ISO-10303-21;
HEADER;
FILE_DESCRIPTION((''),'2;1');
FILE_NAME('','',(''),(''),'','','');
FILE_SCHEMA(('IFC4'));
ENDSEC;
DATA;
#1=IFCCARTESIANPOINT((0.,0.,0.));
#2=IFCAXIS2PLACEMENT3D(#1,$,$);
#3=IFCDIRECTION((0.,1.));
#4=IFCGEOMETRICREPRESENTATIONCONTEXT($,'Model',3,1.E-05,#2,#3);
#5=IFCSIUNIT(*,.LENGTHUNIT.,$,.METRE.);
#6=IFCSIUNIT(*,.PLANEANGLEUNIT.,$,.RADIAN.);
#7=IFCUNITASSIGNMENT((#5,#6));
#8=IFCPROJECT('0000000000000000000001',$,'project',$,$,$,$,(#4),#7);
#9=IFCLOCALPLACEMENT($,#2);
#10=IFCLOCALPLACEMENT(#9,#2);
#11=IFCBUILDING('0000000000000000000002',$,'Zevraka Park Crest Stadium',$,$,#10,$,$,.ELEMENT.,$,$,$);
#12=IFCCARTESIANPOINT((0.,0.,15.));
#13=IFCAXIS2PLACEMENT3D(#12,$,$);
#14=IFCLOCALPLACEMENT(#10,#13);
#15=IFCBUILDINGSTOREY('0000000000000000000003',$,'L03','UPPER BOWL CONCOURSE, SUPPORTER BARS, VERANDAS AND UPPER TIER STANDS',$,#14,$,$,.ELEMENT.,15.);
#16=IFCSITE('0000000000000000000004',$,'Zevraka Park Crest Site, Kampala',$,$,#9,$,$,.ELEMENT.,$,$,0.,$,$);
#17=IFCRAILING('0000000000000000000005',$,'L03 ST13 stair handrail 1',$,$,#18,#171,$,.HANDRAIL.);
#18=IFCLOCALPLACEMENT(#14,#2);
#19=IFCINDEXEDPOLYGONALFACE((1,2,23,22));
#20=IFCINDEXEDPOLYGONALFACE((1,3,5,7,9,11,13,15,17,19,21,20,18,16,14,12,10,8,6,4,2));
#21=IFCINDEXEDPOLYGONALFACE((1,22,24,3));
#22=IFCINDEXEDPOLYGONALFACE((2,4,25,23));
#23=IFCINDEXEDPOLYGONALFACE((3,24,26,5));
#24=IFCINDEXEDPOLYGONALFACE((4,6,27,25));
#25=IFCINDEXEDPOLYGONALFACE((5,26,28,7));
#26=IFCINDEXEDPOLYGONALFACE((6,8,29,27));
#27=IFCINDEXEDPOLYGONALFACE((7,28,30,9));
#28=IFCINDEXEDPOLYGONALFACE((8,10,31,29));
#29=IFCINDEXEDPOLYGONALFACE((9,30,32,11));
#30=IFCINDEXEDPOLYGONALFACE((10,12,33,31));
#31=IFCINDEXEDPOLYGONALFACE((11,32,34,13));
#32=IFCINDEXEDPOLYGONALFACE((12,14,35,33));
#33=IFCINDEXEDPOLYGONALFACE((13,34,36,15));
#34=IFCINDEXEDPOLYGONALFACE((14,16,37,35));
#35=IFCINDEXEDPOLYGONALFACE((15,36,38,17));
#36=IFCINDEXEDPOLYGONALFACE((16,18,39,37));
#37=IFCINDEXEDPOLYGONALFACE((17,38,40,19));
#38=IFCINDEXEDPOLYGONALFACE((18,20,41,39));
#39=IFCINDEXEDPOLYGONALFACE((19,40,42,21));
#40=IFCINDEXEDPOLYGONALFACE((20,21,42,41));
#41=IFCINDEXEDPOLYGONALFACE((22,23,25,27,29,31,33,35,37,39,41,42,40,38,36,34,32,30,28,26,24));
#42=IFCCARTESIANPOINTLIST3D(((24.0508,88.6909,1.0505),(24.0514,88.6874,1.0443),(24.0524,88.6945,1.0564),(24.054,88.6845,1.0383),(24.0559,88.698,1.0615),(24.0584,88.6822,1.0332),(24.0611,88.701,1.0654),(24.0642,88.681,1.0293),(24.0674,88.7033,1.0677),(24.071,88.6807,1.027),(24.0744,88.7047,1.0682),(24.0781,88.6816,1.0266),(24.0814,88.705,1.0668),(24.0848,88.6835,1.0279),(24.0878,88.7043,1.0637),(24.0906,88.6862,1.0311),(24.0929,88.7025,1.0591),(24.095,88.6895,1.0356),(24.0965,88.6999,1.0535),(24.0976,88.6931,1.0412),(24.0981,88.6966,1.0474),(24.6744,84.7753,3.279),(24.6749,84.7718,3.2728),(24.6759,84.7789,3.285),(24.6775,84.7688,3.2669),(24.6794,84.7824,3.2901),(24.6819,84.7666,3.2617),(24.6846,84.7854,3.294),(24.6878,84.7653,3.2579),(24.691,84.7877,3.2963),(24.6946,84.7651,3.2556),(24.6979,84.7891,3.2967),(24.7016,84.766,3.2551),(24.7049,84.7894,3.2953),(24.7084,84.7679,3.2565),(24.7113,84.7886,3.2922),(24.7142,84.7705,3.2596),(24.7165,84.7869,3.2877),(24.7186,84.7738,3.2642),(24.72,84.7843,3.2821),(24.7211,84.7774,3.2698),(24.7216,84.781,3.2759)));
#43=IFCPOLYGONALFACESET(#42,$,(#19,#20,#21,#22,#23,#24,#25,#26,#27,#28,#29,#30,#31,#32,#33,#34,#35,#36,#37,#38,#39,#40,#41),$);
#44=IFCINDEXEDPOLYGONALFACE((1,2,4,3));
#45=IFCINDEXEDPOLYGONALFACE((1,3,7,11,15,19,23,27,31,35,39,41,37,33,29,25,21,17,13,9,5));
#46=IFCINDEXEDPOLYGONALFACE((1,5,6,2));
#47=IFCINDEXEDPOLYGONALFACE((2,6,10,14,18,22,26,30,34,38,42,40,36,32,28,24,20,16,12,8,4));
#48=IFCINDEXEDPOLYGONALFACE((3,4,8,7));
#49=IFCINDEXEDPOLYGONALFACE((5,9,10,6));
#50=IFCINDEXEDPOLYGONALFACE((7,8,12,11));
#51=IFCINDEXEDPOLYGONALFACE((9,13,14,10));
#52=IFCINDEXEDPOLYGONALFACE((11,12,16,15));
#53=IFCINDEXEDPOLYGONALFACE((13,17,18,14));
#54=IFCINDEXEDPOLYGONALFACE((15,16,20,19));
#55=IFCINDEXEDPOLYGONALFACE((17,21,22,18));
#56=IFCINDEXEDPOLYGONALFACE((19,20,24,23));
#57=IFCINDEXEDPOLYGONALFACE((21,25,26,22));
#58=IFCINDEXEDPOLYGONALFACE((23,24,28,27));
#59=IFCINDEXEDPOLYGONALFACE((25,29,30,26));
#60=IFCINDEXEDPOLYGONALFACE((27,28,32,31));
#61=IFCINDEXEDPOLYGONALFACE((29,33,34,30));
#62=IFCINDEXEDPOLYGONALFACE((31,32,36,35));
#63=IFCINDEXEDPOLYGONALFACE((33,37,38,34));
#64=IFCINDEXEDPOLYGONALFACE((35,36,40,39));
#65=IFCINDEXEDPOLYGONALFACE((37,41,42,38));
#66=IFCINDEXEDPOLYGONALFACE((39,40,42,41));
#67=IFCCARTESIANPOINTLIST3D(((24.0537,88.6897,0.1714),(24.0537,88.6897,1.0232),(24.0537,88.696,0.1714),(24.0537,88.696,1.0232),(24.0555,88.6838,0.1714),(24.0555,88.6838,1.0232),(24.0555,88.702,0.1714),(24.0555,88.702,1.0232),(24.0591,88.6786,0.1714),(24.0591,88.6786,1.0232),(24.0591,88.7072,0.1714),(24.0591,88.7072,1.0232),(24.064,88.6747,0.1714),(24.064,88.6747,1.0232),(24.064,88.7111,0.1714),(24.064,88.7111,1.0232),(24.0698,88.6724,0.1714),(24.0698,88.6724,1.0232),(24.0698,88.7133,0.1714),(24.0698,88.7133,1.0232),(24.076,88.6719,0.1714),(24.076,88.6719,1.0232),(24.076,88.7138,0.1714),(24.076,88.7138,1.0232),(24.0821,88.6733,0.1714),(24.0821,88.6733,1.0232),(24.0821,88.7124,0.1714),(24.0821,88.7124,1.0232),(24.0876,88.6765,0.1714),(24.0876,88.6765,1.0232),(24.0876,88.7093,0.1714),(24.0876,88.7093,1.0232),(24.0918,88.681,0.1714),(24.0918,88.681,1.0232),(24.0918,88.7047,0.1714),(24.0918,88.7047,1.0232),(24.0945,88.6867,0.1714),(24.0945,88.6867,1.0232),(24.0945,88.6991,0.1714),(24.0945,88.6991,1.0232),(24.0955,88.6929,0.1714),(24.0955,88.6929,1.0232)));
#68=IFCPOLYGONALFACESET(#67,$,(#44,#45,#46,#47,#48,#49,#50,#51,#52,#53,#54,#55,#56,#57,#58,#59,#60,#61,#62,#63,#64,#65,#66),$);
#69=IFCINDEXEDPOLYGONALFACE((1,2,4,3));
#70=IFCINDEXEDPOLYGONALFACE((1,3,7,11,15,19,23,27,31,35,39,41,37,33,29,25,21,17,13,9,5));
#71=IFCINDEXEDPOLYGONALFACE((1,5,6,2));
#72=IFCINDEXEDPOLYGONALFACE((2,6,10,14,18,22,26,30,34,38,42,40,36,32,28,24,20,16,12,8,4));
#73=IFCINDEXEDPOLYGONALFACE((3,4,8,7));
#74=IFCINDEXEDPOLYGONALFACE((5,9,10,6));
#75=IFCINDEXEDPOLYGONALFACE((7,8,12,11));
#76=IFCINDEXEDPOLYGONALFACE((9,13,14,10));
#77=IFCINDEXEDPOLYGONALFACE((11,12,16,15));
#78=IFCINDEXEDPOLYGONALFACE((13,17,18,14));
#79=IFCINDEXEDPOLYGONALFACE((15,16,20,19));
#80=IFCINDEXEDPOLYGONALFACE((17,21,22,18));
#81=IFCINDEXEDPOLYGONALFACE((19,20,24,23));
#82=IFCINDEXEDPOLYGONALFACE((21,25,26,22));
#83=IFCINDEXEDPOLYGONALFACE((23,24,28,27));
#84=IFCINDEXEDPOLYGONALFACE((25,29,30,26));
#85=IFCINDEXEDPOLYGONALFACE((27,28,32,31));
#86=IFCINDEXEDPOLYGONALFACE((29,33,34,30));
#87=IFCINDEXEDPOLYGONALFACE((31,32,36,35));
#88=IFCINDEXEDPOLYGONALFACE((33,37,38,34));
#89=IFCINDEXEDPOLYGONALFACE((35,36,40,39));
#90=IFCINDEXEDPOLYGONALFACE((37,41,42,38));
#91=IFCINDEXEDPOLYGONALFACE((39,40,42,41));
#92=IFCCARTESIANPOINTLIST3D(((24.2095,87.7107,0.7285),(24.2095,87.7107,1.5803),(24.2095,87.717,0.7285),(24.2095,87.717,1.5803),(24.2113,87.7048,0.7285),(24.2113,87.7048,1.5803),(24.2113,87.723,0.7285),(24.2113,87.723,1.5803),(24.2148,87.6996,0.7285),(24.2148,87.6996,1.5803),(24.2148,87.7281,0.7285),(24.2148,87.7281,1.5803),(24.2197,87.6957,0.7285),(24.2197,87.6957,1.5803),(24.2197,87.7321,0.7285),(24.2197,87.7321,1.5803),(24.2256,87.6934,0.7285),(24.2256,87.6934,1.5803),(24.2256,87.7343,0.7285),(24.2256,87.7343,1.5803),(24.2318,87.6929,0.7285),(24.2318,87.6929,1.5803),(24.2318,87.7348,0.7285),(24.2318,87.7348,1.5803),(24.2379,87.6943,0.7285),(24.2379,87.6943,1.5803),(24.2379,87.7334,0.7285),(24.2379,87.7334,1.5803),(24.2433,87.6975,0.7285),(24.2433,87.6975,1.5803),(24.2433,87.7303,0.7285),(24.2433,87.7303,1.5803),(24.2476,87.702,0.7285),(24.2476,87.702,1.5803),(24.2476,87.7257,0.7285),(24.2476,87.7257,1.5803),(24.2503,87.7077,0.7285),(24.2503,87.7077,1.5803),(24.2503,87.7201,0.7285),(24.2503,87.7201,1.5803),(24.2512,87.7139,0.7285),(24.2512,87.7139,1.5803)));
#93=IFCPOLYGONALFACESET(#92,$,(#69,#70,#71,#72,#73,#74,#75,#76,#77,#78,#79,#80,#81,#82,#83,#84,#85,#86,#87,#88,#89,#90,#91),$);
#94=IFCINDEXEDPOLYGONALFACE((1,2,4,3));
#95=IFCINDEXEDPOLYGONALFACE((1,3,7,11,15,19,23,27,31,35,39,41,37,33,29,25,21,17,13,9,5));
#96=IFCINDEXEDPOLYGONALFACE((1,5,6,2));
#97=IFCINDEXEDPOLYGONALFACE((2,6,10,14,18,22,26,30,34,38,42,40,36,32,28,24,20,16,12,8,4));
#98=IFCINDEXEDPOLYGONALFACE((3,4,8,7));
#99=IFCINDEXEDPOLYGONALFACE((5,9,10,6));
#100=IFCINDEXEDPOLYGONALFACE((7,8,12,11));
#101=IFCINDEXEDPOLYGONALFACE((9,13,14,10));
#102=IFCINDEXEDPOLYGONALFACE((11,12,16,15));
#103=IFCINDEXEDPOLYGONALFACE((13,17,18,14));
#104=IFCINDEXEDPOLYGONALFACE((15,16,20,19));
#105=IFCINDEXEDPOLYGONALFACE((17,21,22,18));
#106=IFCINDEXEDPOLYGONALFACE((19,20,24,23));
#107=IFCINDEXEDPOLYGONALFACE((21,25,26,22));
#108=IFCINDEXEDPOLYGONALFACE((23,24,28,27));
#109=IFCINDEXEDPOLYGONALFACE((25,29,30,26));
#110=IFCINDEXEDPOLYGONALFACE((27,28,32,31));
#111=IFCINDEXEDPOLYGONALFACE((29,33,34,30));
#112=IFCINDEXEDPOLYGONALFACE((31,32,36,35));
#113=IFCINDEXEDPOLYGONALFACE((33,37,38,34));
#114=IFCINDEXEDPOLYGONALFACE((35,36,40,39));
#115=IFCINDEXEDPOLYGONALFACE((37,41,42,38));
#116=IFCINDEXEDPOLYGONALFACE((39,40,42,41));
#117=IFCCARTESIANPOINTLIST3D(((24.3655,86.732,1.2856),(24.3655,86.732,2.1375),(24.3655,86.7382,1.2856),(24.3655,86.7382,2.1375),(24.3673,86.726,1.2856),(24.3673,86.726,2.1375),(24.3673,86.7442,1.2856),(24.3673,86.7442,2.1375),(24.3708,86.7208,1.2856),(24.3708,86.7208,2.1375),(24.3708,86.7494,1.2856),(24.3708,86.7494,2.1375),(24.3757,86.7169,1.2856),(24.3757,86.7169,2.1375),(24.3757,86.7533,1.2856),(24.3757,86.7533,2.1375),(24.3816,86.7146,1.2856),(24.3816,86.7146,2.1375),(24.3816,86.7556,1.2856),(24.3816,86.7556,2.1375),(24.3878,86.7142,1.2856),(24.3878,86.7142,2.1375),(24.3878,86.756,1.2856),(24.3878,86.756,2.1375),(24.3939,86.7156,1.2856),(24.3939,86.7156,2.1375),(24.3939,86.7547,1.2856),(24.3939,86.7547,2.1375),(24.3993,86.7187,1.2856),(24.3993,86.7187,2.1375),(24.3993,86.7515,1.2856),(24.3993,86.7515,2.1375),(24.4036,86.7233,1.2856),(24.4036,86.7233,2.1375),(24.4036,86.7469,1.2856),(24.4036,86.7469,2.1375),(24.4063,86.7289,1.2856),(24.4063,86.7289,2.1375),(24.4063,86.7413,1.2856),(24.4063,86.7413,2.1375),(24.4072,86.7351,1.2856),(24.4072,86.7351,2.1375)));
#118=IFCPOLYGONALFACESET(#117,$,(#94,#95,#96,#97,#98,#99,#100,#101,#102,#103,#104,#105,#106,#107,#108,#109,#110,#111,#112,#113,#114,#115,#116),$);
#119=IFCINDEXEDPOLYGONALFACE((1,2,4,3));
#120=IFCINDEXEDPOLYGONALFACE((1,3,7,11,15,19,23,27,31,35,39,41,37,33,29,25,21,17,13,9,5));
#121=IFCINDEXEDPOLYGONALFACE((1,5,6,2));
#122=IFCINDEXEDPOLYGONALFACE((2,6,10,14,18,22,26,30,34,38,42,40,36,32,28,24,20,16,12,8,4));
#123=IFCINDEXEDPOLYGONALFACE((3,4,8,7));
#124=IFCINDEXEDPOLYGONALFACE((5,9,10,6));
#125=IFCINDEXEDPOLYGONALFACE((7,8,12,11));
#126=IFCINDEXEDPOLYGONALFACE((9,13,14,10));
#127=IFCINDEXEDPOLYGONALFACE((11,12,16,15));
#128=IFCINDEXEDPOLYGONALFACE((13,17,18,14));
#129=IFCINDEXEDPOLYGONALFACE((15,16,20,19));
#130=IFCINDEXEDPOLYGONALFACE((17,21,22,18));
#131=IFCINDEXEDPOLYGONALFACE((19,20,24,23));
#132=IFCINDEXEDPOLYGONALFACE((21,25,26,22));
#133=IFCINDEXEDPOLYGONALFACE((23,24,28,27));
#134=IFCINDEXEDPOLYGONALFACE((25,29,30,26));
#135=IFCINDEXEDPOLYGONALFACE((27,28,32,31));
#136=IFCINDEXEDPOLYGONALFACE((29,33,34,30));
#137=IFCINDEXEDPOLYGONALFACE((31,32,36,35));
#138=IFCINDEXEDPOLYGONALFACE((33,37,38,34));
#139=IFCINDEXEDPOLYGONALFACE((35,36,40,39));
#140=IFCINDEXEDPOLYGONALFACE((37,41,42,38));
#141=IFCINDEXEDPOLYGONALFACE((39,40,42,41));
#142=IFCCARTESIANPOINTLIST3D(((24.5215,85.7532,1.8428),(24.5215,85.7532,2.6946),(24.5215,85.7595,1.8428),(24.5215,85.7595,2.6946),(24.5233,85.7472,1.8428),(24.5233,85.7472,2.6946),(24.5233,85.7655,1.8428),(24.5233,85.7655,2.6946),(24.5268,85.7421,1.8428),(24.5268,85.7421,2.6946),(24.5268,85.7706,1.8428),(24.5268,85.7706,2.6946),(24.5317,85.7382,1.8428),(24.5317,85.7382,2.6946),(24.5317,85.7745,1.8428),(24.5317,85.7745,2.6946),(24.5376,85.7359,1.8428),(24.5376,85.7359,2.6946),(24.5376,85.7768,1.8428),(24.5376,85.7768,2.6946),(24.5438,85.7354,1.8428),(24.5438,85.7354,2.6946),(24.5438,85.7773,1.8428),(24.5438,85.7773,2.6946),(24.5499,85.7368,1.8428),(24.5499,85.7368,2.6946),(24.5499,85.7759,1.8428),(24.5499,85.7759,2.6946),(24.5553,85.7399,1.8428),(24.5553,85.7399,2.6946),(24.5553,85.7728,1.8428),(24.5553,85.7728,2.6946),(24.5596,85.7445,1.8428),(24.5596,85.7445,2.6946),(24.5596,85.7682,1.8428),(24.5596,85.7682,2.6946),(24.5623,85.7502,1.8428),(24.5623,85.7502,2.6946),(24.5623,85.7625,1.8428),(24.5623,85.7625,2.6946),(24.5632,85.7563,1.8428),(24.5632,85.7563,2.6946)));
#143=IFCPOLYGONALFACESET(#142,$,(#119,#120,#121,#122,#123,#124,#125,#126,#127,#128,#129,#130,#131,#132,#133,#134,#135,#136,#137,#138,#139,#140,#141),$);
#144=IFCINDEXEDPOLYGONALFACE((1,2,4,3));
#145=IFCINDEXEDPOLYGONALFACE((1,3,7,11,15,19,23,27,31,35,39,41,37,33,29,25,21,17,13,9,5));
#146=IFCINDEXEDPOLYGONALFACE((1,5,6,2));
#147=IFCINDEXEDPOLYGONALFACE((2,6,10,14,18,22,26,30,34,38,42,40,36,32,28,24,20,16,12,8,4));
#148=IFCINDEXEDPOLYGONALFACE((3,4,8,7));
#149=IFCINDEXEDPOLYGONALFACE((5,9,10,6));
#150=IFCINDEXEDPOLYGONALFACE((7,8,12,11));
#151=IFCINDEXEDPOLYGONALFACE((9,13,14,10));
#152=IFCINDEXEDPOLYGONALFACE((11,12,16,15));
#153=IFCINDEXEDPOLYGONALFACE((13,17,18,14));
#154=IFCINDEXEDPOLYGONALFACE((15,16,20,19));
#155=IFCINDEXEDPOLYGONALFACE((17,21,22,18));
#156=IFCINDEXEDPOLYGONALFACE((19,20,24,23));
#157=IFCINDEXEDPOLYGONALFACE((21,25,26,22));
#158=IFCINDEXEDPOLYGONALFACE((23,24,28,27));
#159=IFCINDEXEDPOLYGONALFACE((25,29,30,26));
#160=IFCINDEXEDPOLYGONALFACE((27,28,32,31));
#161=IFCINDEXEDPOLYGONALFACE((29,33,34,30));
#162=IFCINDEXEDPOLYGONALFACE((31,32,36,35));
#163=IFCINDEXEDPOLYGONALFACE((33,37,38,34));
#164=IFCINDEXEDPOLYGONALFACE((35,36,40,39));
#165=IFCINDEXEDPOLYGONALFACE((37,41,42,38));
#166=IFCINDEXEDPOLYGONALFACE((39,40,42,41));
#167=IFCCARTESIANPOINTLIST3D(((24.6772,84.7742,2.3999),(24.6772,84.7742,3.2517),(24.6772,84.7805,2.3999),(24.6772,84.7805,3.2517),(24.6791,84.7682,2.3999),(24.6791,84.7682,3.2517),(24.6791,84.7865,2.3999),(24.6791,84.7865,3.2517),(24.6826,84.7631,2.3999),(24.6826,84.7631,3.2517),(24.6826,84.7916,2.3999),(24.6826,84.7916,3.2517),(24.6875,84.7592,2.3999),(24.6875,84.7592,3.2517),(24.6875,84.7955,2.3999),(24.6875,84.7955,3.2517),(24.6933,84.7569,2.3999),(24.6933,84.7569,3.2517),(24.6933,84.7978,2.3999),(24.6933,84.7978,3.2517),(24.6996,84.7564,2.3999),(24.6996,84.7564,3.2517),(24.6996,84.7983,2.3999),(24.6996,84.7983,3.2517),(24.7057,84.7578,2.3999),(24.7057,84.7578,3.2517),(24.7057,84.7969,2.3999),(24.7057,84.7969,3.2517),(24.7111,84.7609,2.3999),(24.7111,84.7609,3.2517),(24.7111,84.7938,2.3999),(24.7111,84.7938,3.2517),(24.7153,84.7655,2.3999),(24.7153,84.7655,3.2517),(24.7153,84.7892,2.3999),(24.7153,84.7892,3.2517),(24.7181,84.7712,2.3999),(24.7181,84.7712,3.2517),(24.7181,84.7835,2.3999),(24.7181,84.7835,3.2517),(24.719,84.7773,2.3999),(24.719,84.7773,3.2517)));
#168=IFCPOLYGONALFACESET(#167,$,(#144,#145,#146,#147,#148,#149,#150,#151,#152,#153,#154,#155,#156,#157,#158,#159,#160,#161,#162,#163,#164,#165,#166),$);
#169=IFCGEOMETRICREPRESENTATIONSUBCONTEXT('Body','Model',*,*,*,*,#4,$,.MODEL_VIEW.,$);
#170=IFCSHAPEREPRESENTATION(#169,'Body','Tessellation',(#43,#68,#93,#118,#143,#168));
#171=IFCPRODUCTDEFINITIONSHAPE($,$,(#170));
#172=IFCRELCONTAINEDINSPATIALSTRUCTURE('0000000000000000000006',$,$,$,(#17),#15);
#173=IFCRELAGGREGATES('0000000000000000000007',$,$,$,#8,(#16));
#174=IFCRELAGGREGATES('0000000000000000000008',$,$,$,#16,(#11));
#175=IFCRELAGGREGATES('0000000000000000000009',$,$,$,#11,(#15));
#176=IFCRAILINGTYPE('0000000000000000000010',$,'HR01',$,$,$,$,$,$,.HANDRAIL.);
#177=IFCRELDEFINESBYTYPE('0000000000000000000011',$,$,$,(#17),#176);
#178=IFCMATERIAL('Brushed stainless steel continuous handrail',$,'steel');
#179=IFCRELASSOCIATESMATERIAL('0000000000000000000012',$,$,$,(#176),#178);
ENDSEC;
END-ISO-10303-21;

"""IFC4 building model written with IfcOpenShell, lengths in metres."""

from ifc_helpers import new_model, si_unit, direction, frame, origin, origin_2d, place, context, subcontext, project, spatial, circle, extrude, material, type_object, element, save


model = new_model("IFC4")

# Units and contexts
model_context = context("Model", 3, precision=1e-05, world=origin(), true_north=direction((0.0, 1.0)))
body_context = subcontext(model_context, "Body", "Model", "MODEL_VIEW")
ifc_project = project(units=[si_unit("LENGTHUNIT", "METRE"), si_unit("PLANEANGLEUNIT", "RADIAN")], contexts=[model_context])

# Site, building, storey
site_placement = place(None, origin())
site = spatial("IfcSite", under=ifc_project, at=site_placement, Name="Zevraka Park Crest Site, Kampala", CompositionType="ELEMENT", RefElevation=0.0)
building_placement = place(site_placement, origin())
building = spatial("IfcBuilding", under=site, at=building_placement, Name="Zevraka Park Crest Stadium", CompositionType="ELEMENT")
storey_placement = place(building_placement, frame((0.0, 0.0, 15.0)))
storey = spatial("IfcBuildingStorey", under=building, at=storey_placement, Name="L03", Description="UPPER BOWL CONCOURSE, SUPPORTER BARS, VERANDAS AND UPPER TIER STANDS", CompositionType="ELEMENT", Elevation=15.0)

# Railing
ifc_material_1 = material(Name="Brushed stainless steel continuous handrail", Category="steel")
railing_type_1 = type_object("IfcRailingType", Name="HR01", PredefinedType="HANDRAIL", material=ifc_material_1)
railing_1_placement = place(storey_placement, frame((24.0745, 88.6929, 0.1714)))
element("IfcRailing", 1, at=railing_1_placement, inside=storey, type_object=railing_type_1, Name="L03 ST13 stair handrail 1", PredefinedType="HANDRAIL", context=body_context, shape_type="SweptSolid", body=[
    extrude(circle(Radius=0.0239, at=origin_2d()), frame((0.0, 0.0, 0.876), z_axis=(0.137094, -0.86089, 0.489974), x_axis=(0.987556, 0.157265, 0.0)), (0.0, 0.0, 1.0), 4.5483),
    extrude(circle(Radius=0.021, at=origin_2d()), origin(), (0.0, 0.0, 1.0), 0.8518),
    extrude(circle(Radius=0.021, at=origin_2d()), frame((0.1558, -0.979, 0.5571)), (0.0, 0.0, 1.0), 0.8518),
    extrude(circle(Radius=0.021, at=origin_2d()), frame((0.3118, -1.9578, 1.1143)), (0.0, 0.0, 1.0), 0.8518),
    extrude(circle(Radius=0.021, at=origin_2d()), frame((0.4678, -2.9365, 1.6714)), (0.0, 0.0, 1.0), 0.8518),
    extrude(circle(Radius=0.021, at=origin_2d()), frame((0.6235, -3.9155, 2.2285)), (0.0, 0.0, 1.0), 0.8518),
])

save(model, "model.ifc")
